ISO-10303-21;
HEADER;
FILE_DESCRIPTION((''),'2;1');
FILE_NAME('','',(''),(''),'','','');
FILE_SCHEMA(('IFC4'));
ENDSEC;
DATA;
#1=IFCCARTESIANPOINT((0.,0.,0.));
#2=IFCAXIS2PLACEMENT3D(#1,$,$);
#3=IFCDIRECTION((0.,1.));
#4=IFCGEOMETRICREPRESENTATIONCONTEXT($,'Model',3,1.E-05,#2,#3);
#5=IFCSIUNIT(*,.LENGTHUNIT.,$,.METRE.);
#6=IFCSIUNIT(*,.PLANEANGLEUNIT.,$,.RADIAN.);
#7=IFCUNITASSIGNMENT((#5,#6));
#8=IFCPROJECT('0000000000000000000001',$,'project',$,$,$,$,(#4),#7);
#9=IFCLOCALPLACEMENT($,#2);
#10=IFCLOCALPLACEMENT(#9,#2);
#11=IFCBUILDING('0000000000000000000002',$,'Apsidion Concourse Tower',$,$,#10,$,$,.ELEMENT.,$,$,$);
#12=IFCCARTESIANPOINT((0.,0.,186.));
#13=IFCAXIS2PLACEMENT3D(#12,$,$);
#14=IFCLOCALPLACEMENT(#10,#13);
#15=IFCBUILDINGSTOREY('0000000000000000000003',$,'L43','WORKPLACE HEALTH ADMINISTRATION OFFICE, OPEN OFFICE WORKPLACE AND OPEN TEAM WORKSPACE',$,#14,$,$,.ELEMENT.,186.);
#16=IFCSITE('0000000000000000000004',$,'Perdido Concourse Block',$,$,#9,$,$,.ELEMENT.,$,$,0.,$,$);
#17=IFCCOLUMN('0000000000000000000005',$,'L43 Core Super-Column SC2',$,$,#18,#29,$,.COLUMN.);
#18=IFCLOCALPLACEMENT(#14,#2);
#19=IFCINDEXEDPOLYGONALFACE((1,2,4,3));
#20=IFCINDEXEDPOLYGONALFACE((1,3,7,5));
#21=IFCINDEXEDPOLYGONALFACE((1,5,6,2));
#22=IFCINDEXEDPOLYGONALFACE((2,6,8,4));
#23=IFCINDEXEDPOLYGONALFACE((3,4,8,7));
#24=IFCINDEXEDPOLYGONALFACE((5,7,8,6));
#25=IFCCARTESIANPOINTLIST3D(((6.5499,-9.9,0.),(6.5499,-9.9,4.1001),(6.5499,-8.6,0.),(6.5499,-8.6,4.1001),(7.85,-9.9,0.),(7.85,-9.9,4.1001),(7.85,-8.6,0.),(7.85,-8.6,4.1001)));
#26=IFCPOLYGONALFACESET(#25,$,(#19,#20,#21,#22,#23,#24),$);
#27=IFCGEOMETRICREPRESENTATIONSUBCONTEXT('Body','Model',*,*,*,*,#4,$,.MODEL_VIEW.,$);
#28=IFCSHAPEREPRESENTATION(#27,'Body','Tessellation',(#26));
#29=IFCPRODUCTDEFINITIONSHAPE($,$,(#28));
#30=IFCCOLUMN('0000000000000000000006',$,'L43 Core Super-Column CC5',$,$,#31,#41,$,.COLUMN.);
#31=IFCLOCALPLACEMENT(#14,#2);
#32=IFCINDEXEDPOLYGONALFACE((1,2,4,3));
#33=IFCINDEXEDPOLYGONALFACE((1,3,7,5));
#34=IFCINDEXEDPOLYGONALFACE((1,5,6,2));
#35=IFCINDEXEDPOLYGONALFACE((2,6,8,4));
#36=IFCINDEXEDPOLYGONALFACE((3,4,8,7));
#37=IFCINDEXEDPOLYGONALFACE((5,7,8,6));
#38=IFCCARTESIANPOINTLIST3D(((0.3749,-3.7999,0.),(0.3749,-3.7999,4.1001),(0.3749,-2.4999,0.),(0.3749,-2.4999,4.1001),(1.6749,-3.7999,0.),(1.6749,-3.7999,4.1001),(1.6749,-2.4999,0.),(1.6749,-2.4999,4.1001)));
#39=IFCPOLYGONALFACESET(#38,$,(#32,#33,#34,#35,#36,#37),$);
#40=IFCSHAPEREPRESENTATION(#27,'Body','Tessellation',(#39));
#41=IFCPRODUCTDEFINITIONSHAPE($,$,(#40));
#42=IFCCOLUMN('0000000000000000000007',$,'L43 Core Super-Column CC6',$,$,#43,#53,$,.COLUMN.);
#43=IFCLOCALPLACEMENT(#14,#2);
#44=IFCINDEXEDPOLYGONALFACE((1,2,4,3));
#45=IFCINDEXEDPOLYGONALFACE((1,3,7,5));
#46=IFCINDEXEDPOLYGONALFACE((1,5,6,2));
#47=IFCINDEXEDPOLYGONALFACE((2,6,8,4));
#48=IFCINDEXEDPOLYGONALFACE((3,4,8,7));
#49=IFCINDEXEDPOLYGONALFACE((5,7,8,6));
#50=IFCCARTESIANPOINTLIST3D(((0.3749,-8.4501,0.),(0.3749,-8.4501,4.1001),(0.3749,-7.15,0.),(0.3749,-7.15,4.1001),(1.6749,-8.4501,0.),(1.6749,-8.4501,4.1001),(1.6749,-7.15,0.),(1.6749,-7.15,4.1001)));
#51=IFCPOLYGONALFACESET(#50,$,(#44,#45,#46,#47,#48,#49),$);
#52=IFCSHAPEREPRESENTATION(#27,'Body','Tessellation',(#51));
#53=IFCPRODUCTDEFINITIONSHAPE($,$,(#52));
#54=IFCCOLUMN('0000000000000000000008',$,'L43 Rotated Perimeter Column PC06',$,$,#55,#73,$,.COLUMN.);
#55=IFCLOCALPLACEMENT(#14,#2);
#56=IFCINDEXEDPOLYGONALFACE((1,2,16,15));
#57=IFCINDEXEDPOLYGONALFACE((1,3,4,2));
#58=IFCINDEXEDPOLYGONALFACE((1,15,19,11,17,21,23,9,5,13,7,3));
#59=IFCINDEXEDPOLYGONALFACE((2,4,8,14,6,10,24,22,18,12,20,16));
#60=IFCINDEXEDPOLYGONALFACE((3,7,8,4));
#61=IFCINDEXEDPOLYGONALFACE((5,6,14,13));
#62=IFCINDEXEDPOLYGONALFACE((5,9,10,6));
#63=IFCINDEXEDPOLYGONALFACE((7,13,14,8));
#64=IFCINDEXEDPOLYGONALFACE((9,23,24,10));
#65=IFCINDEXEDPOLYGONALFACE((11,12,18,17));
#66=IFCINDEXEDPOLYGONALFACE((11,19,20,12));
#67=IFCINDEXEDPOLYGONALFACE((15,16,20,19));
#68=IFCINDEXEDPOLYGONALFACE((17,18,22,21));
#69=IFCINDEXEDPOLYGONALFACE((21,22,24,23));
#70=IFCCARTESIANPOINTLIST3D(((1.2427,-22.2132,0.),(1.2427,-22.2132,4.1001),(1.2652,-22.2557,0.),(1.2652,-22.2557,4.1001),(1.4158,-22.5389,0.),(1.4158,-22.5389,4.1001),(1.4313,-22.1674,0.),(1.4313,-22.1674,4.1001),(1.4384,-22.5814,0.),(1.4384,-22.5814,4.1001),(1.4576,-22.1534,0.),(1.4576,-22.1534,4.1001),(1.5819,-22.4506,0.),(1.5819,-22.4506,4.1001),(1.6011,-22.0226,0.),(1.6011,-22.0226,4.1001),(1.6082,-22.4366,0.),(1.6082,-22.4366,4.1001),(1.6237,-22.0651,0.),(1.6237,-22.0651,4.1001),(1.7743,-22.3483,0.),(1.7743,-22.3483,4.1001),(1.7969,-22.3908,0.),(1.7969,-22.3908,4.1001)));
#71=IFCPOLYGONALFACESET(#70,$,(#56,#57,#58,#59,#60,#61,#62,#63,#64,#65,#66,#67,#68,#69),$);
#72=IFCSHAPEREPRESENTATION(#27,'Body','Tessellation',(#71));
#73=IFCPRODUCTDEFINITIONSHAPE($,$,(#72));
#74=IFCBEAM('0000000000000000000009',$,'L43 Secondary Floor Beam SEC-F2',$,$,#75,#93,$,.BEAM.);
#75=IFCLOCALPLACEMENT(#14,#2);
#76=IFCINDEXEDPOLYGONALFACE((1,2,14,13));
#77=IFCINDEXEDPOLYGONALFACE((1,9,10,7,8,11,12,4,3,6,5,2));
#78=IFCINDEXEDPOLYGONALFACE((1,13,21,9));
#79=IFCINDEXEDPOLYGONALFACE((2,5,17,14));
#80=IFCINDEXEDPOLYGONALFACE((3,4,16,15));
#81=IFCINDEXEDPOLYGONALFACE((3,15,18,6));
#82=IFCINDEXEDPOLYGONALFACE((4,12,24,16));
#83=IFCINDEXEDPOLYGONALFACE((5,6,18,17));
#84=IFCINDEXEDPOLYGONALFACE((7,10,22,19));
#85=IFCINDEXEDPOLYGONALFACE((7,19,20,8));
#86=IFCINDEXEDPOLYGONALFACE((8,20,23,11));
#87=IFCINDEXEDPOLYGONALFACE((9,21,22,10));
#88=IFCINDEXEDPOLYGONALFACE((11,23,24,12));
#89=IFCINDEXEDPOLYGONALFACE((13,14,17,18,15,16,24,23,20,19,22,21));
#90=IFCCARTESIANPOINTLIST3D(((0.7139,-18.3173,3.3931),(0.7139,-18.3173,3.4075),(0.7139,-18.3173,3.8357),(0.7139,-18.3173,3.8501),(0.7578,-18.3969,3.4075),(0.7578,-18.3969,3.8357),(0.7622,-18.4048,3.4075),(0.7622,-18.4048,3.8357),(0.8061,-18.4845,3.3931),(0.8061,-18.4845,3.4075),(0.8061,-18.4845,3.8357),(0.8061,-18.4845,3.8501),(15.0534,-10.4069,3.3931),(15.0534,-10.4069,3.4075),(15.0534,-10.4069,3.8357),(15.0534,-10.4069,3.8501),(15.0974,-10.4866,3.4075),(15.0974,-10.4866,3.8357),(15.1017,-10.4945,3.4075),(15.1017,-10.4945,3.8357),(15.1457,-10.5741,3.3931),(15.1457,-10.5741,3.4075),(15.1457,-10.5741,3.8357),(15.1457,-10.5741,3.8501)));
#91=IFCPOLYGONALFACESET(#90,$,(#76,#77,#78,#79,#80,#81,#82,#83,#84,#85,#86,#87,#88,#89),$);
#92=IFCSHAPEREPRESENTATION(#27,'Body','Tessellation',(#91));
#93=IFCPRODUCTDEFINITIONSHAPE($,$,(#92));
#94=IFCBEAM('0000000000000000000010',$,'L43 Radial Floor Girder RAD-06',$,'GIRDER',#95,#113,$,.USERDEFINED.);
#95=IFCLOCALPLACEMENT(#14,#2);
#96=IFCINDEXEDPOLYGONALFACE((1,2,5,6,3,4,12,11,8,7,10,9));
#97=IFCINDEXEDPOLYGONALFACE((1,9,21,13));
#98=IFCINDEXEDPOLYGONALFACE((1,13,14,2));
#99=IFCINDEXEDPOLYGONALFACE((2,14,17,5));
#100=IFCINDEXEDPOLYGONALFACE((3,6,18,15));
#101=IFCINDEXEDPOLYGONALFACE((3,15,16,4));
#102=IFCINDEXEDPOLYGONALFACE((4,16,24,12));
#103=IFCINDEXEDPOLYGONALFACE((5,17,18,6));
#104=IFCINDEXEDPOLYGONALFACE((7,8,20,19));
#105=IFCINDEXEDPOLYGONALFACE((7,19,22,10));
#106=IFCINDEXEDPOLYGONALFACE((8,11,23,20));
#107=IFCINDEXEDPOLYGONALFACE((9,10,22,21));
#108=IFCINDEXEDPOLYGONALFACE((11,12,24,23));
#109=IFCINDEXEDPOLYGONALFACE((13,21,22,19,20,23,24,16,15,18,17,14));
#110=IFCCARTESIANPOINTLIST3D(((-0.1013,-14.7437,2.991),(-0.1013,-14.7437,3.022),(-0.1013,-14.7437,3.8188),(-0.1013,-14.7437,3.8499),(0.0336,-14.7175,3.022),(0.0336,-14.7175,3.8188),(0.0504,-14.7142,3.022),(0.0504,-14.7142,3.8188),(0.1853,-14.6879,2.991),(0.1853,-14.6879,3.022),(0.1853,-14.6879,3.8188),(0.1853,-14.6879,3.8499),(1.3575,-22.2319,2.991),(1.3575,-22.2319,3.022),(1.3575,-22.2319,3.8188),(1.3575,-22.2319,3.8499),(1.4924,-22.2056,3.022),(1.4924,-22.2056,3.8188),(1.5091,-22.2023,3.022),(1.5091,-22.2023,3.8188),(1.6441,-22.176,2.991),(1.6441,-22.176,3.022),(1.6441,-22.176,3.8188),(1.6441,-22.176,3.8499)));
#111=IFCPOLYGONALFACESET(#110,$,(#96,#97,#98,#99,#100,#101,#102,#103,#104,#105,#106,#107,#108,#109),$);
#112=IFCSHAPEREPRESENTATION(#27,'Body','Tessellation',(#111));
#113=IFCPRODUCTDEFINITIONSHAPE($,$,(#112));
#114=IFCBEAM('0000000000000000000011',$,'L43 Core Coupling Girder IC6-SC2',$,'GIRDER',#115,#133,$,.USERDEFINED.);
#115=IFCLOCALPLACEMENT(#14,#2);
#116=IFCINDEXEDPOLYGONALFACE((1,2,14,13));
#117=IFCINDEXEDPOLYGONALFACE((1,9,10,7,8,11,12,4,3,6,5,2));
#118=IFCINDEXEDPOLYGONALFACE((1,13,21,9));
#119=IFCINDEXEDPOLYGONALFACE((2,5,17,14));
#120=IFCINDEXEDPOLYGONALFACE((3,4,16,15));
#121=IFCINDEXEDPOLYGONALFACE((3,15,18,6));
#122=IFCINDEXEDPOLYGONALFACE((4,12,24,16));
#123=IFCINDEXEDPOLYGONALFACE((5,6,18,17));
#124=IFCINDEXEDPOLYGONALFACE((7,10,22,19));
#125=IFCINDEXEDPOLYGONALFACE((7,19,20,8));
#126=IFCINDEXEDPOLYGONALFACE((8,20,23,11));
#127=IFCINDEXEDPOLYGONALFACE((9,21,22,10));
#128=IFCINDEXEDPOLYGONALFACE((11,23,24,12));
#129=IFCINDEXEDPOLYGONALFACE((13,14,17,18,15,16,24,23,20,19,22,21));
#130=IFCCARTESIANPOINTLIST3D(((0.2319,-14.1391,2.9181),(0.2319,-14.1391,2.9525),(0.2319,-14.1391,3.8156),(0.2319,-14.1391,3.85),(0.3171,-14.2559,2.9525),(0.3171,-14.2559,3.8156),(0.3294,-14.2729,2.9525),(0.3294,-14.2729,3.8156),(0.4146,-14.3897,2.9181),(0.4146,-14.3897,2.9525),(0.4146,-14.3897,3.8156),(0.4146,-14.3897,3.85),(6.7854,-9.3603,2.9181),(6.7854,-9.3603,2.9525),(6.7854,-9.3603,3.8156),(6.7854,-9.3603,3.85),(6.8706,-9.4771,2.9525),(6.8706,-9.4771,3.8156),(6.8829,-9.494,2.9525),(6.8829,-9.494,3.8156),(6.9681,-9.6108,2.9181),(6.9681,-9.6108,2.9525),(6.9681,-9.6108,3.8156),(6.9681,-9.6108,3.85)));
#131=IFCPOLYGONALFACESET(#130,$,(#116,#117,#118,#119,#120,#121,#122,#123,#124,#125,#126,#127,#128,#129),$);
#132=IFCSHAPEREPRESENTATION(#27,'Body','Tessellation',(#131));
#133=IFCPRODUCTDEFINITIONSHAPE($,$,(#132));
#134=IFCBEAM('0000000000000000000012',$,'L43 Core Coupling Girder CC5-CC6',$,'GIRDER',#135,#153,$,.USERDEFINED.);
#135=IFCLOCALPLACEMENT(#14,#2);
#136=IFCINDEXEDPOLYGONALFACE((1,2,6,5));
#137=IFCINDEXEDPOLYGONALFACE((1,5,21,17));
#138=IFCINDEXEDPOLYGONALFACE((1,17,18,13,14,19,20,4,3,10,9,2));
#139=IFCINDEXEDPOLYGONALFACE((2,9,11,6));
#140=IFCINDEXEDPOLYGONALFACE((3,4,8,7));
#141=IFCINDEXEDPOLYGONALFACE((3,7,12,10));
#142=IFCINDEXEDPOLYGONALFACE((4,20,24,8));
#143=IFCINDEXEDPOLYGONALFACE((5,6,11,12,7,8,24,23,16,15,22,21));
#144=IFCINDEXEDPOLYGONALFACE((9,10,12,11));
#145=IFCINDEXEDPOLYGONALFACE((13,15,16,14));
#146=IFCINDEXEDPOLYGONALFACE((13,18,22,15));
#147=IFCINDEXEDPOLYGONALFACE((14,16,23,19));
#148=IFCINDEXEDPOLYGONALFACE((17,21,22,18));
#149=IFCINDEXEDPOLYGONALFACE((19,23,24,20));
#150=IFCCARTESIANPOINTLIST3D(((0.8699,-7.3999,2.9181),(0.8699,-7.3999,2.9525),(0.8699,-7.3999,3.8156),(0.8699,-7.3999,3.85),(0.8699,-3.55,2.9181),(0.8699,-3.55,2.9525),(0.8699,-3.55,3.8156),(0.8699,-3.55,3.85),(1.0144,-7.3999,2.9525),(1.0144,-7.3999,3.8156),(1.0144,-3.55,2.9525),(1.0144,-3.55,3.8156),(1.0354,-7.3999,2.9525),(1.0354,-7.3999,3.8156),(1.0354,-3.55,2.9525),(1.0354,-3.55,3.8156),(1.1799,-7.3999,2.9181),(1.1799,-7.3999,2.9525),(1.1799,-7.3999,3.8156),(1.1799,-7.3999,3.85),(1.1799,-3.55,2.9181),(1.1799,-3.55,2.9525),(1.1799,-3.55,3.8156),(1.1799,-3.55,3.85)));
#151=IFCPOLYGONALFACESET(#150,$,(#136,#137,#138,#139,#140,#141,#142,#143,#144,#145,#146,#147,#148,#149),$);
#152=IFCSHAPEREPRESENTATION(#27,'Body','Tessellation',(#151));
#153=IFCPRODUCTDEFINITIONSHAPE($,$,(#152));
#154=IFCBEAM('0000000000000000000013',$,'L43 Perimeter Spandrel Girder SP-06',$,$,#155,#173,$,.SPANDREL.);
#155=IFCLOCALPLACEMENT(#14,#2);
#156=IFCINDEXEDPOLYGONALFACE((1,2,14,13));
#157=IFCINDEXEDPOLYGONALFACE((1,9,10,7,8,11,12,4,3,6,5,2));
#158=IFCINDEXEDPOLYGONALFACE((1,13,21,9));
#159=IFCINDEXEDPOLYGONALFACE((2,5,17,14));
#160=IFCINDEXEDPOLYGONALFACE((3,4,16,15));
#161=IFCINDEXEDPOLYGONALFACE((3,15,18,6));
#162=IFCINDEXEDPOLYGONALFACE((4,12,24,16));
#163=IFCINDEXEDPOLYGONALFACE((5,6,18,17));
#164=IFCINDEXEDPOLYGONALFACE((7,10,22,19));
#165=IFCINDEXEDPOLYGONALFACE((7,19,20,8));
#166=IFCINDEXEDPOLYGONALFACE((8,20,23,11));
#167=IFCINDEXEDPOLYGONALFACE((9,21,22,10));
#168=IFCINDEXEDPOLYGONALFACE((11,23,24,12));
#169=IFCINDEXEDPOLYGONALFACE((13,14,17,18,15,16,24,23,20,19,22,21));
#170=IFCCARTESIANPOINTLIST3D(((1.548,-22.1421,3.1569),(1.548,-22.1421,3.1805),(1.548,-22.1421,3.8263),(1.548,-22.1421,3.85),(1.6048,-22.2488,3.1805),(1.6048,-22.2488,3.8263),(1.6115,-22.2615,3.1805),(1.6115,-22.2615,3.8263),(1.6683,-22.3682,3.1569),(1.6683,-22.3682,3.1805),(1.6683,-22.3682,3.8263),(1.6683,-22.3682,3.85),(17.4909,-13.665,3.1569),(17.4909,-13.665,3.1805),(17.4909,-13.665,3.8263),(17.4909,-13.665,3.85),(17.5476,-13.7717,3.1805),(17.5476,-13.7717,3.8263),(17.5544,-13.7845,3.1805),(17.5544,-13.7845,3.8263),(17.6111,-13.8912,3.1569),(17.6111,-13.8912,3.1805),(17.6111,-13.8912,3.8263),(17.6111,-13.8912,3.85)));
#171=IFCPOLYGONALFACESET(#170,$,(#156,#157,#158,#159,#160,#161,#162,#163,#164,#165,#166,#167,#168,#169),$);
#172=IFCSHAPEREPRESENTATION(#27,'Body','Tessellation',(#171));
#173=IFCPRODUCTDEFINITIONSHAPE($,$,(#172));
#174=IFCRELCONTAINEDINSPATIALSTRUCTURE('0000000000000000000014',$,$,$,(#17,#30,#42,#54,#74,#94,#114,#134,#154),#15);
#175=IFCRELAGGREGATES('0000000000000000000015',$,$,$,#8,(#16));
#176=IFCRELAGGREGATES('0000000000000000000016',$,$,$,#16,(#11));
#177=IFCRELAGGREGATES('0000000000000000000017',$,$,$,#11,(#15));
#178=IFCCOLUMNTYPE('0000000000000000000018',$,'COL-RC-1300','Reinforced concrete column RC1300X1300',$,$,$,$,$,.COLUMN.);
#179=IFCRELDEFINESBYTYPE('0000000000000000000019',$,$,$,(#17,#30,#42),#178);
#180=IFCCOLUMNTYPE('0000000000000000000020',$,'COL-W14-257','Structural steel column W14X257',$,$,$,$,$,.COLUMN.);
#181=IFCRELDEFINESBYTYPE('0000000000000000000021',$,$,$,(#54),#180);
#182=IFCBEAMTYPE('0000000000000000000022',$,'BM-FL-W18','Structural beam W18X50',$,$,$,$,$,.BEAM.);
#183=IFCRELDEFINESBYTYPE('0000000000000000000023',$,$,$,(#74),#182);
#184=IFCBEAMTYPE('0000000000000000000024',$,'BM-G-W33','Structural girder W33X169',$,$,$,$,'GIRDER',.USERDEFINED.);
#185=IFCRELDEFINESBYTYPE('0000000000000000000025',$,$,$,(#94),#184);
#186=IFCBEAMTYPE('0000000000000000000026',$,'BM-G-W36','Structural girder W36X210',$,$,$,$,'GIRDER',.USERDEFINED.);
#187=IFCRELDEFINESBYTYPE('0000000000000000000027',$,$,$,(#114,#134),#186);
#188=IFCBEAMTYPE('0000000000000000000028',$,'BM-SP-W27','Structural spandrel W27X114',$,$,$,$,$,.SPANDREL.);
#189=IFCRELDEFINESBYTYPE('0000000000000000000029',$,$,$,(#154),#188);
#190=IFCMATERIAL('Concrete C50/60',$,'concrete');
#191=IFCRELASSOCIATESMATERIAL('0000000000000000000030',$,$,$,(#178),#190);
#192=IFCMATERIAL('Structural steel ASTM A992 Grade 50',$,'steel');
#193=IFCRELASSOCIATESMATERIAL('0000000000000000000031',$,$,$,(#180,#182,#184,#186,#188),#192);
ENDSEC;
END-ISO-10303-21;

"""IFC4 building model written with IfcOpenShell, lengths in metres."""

from ifc_helpers import new_model, si_unit, direction, frame, origin, origin_2d, place, context, subcontext, project, spatial, rectangle, i_section, extrude, material, material_profile, profile_set, type_object, element, save


model = new_model("IFC4")

# Units and contexts
model_context = context("Model", 3, precision=1e-05, world=origin(), true_north=direction((0.0, 1.0)))
body_context = subcontext(model_context, "Body", "Model", "MODEL_VIEW")
ifc_project = project(units=[si_unit("LENGTHUNIT", "METRE"), si_unit("PLANEANGLEUNIT", "RADIAN")], contexts=[model_context])

# Site, building, storey
site_placement = place(None, origin())
site = spatial("IfcSite", under=ifc_project, at=site_placement, Name="Perdido Concourse Block", CompositionType="ELEMENT", RefElevation=0.0)
building_placement = place(site_placement, origin())
building = spatial("IfcBuilding", under=site, at=building_placement, Name="Apsidion Concourse Tower", CompositionType="ELEMENT")
storey_placement = place(building_placement, frame((0.0, 0.0, 186.0)))
storey = spatial("IfcBuildingStorey", under=building, at=storey_placement, Name="L43", Description="WORKPLACE HEALTH ADMINISTRATION OFFICE, OPEN OFFICE WORKPLACE AND OPEN TEAM WORKSPACE", CompositionType="ELEMENT", Elevation=186.0)

# Columns
ifc_material_1 = material(Name="Concrete C50/60", Category="concrete")
ifc_material_profile_1 = material_profile(ifc_material_1, rectangle(XDim=1.3, YDim=1.3, at=origin_2d()), Name="RC 1300x1300")
ifc_profile_set_1 = profile_set([ifc_material_profile_1], Name="Concrete C50/60")
column_type_1 = type_object("IfcColumnType", Name="COL-RC-1300", Description="Reinforced concrete column RC1300X1300", PredefinedType="COLUMN", material=ifc_profile_set_1)
for number, where, z_axis, x_axis, name in (
    (1, (7.2, -9.25, 0.0), (0.0, 0.0, 1.0), (1.0, 0.0, 0.0), "L43 Core Super-Column SC2"),
    (2, (1.0249, -3.1499, 0.0), (0.0, 0.0, 1.0), (1.0, 0.0, 0.0), "L43 Core Super-Column CC5"),
    (3, (1.0249, -7.8, 0.0), (0.0, 0.0, 1.0), (1.0, 0.0, 0.0), "L43 Core Super-Column CC6"),
):
    element("IfcColumn", number, at=place(storey_placement, frame(where, z_axis=z_axis, x_axis=x_axis)), inside=storey, type_object=column_type_1, Name=name, PredefinedType="COLUMN", context=body_context, shape_type="SweptSolid", body=[
        extrude(rectangle(XDim=1.3, YDim=1.3, at=origin_2d()), origin(), (0.0, 0.0, 1.0), 4.1001),
    ])
ifc_material_2 = material(Name="Structural steel ASTM A992 Grade 50", Category="steel")
ifc_material_profile_2 = material_profile(ifc_material_2, i_section(OverallWidth=0.406, OverallDepth=0.417, WebThickness=0.0298, FlangeThickness=0.0481, at=origin_2d()), Name="W14X257")
ifc_profile_set_2 = profile_set([ifc_material_profile_2], Name="Structural steel ASTM A992 Grade 50")
column_type_2 = type_object("IfcColumnType", Name="COL-W14-257", Description="Structural steel column W14X257", PredefinedType="COLUMN", material=ifc_profile_set_2)
column_placement = place(storey_placement, frame((1.5198, -22.302, 0.0), z_axis=(0.0, 0.0, 1.0), x_axis=(0.882948, 0.469472, 0.0)))
element("IfcColumn", 4, at=column_placement, inside=storey, type_object=column_type_2, Name="L43 Rotated Perimeter Column PC06", PredefinedType="COLUMN", context=body_context, shape_type="SweptSolid", body=[
    extrude(i_section(OverallWidth=0.406, OverallDepth=0.417, WebThickness=0.0298, FlangeThickness=0.0481, at=origin_2d()), origin(), (0.0, 0.0, 1.0), 4.1001),
])

# Beams
ifc_material_profile_3 = material_profile(ifc_material_2, i_section(OverallWidth=0.1909, OverallDepth=0.457, WebThickness=0.009, FlangeThickness=0.0144, at=origin_2d()), Name="W18X50")
ifc_profile_set_3 = profile_set([ifc_material_profile_3], Name="Structural steel ASTM A992 Grade 50")
beam_type_1 = type_object("IfcBeamType", Name="BM-FL-W18", Description="Structural beam W18X50", PredefinedType="BEAM", material=ifc_profile_set_3)
beam_1_placement = place(storey_placement, frame((0.76, -18.4009, 3.6216), z_axis=(0.875606, 0.483026, 0.0), x_axis=(-0.483026, 0.875606, 0.0)))
element("IfcBeam", 5, at=beam_1_placement, inside=storey, type_object=beam_type_1, Name="L43 Secondary Floor Beam SEC-F2", PredefinedType="BEAM", context=body_context, shape_type="SweptSolid", body=[
    extrude(i_section(OverallWidth=0.1909, OverallDepth=0.457, WebThickness=0.009, FlangeThickness=0.0144, at=origin_2d()), origin(), (0.0, 0.0, 1.0), 16.3767),
])
ifc_material_profile_4 = material_profile(ifc_material_2, i_section(OverallWidth=0.292, OverallDepth=0.8589, WebThickness=0.0171, FlangeThickness=0.031, at=origin_2d()), Name="W33X169")
ifc_profile_set_4 = profile_set([ifc_material_profile_4], Name="Structural steel ASTM A992 Grade 50")
beam_type_2 = type_object("IfcBeamType", Name="BM-G-W33", Description="Structural girder W33X169", ElementType="GIRDER", PredefinedType="USERDEFINED", material=ifc_profile_set_4)
beam_2_placement = place(storey_placement, frame((0.042, -14.7158, 3.4204), z_axis=(0.191215, -0.981548, 0.0), x_axis=(0.981548, 0.191215, 0.0)))
element("IfcBeam", 6, at=beam_2_placement, inside=storey, type_object=beam_type_2, Name="L43 Radial Floor Girder RAD-06", ObjectType="GIRDER", PredefinedType="USERDEFINED", context=body_context, shape_type="SweptSolid", body=[
    extrude(i_section(OverallWidth=0.292, OverallDepth=0.8589, WebThickness=0.0171, FlangeThickness=0.031, at=origin_2d()), origin(), (0.0, 0.0, 1.0), 7.6289),
])
ifc_material_profile_5 = material_profile(ifc_material_2, i_section(OverallWidth=0.3101, OverallDepth=0.9319, WebThickness=0.021, FlangeThickness=0.0344, at=origin_2d()), Name="W36X210")
ifc_profile_set_5 = profile_set([ifc_material_profile_5], Name="Structural steel ASTM A992 Grade 50")
beam_type_3 = type_object("IfcBeamType", Name="BM-G-W36", Description="Structural girder W36X210", ElementType="GIRDER", PredefinedType="USERDEFINED", material=ifc_profile_set_5)
beam_3_placement = place(storey_placement, frame((0.3232, -14.2644, 3.384), z_axis=(0.807993, 0.589191, 0.0), x_axis=(-0.589191, 0.807993, 0.0)))
element("IfcBeam", 7, at=beam_3_placement, inside=storey, type_object=beam_type_3, Name="L43 Core Coupling Girder IC6-SC2", ObjectType="GIRDER", PredefinedType="USERDEFINED", context=body_context, shape_type="SweptSolid", body=[
    extrude(i_section(OverallWidth=0.3101, OverallDepth=0.9319, WebThickness=0.021, FlangeThickness=0.0344, at=origin_2d()), origin(), (0.0, 0.0, 1.0), 8.1108),
])
beam_4_placement = place(storey_placement, frame((1.0249, -3.55, 3.384), z_axis=(0.0, -1.0, 0.0), x_axis=(1.0, 0.0, 0.0)))
element("IfcBeam", 8, at=beam_4_placement, inside=storey, type_object=beam_type_3, Name="L43 Core Coupling Girder CC5-CC6", ObjectType="GIRDER", PredefinedType="USERDEFINED", context=body_context, shape_type="SweptSolid", body=[
    extrude(i_section(OverallWidth=0.3101, OverallDepth=0.9319, WebThickness=0.021, FlangeThickness=0.0344, at=origin_2d()), origin(), (0.0, 0.0, 1.0), 3.8499),
])
ifc_material_profile_6 = material_profile(ifc_material_2, i_section(OverallWidth=0.2561, OverallDepth=0.6931, WebThickness=0.0144, FlangeThickness=0.0237, at=origin_2d()), Name="W27X114")
ifc_profile_set_6 = profile_set([ifc_material_profile_6], Name="Structural steel ASTM A992 Grade 50")
beam_type_4 = type_object("IfcBeamType", Name="BM-SP-W27", Description="Structural spandrel W27X114", PredefinedType="SPANDREL", material=ifc_profile_set_6)
beam_5_placement = place(storey_placement, frame((1.6082, -22.2551, 3.5034), z_axis=(0.882946, 0.469475, 0.0), x_axis=(-0.469475, 0.882946, 0.0)))
element("IfcBeam", 9, at=beam_5_placement, inside=storey, type_object=beam_type_4, Name="L43 Perimeter Spandrel Girder SP-06", PredefinedType="SPANDREL", context=body_context, shape_type="SweptSolid", body=[
    extrude(i_section(OverallWidth=0.2561, OverallDepth=0.6931, WebThickness=0.0144, FlangeThickness=0.0237, at=origin_2d()), origin(), (0.0, 0.0, 1.0), 18.0564),
])

save(model, "model.ifc")
